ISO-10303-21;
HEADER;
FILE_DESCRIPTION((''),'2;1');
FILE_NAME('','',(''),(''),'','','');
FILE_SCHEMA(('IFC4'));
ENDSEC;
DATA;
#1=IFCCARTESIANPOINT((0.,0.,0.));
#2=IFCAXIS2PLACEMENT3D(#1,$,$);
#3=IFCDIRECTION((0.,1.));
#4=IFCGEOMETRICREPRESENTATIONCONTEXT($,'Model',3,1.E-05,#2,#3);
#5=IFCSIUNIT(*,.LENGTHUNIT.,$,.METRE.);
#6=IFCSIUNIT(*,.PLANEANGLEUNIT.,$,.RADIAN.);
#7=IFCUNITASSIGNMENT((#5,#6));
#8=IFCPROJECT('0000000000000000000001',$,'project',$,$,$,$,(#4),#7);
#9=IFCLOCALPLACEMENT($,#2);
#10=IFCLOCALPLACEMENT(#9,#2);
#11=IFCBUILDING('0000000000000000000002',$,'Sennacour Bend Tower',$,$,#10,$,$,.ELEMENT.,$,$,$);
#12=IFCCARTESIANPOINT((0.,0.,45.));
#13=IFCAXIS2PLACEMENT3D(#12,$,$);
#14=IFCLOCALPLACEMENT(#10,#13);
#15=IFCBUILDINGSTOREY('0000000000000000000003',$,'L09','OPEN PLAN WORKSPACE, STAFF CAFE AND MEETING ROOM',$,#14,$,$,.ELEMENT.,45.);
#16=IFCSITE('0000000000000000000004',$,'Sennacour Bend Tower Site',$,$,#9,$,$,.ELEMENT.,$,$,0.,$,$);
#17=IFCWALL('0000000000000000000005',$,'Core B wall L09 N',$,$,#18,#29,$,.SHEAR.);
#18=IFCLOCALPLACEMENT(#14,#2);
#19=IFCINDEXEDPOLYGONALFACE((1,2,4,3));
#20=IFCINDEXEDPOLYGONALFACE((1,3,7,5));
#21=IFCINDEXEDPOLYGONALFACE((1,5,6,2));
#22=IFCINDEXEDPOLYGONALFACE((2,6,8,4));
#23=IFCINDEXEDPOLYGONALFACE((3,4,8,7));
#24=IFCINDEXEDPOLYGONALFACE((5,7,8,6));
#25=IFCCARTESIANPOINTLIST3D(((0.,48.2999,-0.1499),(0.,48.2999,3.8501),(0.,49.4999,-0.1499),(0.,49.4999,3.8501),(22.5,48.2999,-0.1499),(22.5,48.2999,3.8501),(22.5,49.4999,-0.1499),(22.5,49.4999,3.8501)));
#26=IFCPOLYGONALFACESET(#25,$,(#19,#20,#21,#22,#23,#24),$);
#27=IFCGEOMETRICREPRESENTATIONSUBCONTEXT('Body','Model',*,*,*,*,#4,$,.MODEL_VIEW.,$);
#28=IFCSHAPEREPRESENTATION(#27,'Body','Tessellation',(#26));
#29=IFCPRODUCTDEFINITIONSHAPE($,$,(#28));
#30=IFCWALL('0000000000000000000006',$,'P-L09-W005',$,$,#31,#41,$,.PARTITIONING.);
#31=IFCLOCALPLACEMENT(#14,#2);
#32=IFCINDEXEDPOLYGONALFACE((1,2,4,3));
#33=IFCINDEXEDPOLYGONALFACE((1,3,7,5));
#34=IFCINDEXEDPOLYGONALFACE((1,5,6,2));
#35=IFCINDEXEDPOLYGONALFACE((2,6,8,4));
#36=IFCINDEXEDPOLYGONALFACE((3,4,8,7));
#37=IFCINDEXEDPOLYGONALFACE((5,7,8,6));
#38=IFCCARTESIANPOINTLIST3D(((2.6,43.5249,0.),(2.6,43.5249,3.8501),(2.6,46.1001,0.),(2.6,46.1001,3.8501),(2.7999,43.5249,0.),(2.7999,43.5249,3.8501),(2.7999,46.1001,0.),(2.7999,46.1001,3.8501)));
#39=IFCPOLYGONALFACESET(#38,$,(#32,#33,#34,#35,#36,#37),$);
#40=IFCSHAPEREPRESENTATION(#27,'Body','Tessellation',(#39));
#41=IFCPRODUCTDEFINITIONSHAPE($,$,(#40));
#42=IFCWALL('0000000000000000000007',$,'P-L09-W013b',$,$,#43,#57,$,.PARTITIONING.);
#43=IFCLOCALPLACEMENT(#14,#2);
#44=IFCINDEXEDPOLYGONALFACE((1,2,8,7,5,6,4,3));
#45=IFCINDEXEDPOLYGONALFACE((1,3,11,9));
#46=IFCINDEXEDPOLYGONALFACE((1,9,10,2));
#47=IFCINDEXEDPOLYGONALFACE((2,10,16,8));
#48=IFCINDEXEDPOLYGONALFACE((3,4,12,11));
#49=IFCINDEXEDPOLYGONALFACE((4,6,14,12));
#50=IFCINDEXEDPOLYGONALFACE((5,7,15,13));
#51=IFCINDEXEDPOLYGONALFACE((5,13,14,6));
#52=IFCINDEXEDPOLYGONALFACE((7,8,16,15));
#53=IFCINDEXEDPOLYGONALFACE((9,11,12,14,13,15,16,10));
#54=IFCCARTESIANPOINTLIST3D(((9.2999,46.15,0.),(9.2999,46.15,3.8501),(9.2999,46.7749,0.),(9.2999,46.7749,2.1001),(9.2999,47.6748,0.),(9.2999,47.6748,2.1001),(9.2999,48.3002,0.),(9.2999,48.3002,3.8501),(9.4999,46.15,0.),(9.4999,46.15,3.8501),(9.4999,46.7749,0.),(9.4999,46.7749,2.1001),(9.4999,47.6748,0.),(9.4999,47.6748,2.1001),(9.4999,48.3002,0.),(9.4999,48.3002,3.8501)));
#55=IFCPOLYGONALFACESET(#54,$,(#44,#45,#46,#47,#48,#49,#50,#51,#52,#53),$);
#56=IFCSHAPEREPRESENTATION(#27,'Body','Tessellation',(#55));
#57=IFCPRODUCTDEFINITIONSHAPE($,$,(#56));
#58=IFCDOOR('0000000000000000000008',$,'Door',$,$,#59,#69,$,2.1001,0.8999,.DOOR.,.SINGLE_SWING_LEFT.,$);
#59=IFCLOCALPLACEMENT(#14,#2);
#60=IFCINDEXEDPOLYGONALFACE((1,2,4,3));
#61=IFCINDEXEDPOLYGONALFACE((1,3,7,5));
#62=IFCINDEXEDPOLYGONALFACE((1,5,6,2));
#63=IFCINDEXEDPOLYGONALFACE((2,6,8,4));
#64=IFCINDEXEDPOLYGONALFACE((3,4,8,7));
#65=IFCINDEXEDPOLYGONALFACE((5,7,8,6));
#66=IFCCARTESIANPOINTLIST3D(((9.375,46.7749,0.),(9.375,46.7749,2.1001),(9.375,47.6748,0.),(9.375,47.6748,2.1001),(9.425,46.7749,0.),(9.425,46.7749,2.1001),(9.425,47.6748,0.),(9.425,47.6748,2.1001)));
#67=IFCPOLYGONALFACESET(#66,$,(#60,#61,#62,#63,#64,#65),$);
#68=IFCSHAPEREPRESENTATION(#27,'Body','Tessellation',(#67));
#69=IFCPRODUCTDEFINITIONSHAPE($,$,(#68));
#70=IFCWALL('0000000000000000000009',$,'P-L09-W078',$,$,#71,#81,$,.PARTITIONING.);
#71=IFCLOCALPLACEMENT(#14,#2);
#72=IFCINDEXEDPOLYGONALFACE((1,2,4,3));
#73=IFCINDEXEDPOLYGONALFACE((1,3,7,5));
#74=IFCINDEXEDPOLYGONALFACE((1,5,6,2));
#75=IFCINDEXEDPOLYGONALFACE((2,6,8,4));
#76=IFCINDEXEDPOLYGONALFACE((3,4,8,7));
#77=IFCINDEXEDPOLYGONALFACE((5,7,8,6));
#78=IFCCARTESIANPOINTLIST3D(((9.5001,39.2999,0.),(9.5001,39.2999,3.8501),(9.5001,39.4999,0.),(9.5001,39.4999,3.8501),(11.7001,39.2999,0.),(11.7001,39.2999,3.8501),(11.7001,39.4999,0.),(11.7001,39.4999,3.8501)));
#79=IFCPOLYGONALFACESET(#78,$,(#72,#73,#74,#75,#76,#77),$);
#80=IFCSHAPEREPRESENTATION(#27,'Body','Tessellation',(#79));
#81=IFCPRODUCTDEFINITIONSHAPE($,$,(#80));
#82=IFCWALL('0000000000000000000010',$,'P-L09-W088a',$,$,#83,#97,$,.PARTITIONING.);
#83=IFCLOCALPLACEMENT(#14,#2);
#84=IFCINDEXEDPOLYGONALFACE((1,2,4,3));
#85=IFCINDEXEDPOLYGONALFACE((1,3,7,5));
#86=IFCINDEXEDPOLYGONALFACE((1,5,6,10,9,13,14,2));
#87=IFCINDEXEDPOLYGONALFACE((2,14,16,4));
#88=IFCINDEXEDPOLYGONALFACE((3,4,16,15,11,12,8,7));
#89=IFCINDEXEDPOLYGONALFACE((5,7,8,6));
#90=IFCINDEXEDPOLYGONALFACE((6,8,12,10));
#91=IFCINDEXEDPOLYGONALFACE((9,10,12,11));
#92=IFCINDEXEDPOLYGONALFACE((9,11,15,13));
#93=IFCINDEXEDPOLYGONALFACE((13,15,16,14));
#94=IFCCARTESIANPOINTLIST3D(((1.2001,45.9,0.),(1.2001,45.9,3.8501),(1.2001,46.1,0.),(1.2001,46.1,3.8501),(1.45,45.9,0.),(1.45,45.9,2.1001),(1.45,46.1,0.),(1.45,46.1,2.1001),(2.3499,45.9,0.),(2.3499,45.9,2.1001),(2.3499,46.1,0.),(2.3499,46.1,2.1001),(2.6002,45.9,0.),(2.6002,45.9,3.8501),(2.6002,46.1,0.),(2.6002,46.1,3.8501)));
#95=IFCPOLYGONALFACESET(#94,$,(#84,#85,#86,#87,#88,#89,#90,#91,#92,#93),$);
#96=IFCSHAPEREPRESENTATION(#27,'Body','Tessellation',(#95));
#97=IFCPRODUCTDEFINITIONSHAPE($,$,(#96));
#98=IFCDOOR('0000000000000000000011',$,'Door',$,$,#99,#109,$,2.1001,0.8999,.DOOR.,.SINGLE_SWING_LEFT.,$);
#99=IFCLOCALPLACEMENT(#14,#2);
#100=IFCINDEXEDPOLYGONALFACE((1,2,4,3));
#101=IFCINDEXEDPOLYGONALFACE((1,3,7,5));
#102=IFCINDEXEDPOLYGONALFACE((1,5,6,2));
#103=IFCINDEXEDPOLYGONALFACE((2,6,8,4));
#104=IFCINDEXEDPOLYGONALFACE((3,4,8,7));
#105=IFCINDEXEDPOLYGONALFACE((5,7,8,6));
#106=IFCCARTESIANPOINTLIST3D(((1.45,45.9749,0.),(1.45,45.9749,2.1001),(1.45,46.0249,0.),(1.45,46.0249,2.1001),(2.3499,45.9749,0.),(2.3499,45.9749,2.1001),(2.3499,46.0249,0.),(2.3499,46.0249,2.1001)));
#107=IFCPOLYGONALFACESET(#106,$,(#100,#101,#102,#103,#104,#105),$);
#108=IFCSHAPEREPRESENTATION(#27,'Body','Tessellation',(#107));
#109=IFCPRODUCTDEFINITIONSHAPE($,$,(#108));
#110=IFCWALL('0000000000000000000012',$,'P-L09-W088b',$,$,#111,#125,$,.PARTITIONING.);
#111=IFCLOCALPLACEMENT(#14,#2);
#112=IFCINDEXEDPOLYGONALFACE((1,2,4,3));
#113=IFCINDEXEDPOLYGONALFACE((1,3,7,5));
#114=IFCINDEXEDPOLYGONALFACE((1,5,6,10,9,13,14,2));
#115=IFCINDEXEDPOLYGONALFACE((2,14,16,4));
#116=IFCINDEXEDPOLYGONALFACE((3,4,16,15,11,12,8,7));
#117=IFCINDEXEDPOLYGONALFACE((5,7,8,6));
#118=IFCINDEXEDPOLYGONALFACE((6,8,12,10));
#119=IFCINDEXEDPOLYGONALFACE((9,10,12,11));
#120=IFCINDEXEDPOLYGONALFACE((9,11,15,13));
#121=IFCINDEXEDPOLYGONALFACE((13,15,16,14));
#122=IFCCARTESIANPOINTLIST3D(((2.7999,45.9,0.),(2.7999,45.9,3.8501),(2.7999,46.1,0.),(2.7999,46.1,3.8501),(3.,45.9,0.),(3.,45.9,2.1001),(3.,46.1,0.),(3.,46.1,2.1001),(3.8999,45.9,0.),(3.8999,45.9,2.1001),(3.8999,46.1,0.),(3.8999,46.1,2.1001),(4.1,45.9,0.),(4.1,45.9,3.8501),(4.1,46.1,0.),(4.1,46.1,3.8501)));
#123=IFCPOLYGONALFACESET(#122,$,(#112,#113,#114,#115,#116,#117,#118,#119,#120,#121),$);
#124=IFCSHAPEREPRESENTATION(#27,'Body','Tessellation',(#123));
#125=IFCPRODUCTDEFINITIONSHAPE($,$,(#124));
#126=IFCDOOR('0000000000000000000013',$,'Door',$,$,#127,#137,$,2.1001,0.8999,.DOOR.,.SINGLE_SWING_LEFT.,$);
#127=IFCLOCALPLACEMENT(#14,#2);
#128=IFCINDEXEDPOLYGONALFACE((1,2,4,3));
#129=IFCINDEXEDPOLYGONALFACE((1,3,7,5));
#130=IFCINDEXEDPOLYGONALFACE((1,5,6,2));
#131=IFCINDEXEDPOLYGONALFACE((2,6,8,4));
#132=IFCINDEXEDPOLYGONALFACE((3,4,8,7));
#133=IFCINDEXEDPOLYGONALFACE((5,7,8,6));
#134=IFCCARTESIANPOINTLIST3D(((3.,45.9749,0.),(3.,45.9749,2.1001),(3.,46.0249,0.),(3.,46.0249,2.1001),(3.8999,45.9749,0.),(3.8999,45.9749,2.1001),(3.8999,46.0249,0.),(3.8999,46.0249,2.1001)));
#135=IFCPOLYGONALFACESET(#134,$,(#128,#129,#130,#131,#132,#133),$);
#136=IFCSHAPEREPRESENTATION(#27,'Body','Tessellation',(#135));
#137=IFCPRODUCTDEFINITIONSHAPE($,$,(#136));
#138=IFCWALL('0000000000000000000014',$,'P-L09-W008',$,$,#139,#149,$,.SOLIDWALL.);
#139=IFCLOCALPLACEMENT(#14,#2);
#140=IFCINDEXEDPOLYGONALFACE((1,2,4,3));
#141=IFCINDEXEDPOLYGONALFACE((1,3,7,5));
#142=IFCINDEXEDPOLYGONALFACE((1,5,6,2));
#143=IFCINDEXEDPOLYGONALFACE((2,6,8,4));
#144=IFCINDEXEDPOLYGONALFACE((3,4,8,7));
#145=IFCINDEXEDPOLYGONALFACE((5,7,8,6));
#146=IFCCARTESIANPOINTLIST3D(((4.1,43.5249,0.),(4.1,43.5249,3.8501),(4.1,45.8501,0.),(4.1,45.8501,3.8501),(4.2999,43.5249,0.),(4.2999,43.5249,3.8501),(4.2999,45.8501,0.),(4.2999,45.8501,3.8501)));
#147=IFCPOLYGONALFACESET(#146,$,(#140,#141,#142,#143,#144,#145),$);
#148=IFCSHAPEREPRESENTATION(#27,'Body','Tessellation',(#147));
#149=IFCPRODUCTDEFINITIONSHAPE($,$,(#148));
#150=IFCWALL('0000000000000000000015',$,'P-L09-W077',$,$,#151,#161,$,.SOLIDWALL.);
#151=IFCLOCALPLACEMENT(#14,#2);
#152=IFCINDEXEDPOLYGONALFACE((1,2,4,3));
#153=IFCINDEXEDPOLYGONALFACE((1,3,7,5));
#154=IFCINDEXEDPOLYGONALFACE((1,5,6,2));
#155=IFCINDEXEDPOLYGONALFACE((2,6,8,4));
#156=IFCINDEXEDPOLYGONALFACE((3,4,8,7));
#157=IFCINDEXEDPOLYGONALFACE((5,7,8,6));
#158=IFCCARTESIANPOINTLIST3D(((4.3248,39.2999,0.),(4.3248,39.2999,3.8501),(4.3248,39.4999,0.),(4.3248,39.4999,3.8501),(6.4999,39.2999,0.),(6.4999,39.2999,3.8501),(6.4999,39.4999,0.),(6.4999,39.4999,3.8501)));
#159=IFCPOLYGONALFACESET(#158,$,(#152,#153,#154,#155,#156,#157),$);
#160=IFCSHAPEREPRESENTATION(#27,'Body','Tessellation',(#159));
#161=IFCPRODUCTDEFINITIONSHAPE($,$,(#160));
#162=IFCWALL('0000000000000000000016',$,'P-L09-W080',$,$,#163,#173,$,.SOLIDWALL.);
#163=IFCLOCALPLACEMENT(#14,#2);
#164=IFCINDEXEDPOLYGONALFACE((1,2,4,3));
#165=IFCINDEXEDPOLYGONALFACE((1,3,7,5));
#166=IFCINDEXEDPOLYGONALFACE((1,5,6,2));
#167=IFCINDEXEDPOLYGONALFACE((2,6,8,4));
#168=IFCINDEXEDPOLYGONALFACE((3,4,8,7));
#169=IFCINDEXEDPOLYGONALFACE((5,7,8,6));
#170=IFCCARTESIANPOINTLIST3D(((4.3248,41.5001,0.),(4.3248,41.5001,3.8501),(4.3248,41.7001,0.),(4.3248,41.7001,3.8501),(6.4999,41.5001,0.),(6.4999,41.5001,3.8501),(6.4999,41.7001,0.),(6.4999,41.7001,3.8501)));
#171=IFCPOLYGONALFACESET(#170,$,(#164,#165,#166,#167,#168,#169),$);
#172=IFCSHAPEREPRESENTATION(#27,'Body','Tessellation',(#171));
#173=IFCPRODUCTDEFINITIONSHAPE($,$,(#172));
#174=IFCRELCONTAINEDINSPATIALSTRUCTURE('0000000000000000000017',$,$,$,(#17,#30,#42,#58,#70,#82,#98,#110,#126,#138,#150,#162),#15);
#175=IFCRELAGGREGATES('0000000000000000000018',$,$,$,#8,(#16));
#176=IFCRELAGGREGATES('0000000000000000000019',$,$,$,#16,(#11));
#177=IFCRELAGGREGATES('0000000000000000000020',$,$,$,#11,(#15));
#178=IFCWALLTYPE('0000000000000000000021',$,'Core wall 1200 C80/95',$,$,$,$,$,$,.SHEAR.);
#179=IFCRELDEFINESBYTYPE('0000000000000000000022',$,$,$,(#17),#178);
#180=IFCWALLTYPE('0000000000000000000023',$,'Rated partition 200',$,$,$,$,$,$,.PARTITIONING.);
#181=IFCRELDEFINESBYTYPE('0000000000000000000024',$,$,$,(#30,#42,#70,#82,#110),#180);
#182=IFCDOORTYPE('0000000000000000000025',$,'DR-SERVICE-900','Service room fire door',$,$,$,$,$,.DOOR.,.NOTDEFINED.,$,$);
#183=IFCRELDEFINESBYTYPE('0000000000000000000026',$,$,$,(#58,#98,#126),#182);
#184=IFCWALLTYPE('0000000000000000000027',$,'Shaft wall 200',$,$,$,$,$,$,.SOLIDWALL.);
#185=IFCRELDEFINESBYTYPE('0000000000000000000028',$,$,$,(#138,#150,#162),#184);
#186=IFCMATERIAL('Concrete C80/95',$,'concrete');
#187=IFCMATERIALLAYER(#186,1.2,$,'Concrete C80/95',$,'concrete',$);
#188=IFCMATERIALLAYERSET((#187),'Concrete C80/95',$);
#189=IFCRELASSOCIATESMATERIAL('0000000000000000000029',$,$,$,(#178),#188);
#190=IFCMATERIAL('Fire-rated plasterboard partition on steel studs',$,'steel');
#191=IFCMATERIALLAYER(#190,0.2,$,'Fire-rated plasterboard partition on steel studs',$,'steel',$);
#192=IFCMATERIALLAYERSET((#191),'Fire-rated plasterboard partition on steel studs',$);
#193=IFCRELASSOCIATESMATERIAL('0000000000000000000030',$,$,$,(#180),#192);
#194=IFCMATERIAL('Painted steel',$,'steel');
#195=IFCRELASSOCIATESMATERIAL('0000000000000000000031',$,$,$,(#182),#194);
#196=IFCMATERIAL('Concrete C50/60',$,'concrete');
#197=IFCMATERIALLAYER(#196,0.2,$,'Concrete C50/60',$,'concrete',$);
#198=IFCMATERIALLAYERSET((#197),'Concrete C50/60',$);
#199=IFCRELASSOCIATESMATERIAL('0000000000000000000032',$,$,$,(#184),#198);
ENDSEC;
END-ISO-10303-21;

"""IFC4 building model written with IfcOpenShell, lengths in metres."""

from ifc_helpers import new_model, si_unit, direction, frame, frame_2d, origin, place, context, subcontext, project, spatial, rectangle, extrude, material, layer, layer_set, type_object, element, fill, save


model = new_model("IFC4")

# Units and contexts
model_context = context("Model", 3, precision=1e-05, world=origin(), true_north=direction((0.0, 1.0)))
body_context = subcontext(model_context, "Body", "Model", "MODEL_VIEW")
ifc_project = project(units=[si_unit("LENGTHUNIT", "METRE"), si_unit("PLANEANGLEUNIT", "RADIAN")], contexts=[model_context])

# Site, building, storey
site_placement = place(None, origin())
site = spatial("IfcSite", under=ifc_project, at=site_placement, Name="Sennacour Bend Tower Site", CompositionType="ELEMENT", RefElevation=0.0)
building_placement = place(site_placement, origin())
building = spatial("IfcBuilding", under=site, at=building_placement, Name="Sennacour Bend Tower", CompositionType="ELEMENT")
storey_placement = place(building_placement, frame((0.0, 0.0, 45.0)))
storey = spatial("IfcBuildingStorey", under=building, at=storey_placement, Name="L09", Description="OPEN PLAN WORKSPACE, STAFF CAFE AND MEETING ROOM", CompositionType="ELEMENT", Elevation=45.0)

# Walls
ifc_material_1 = material(Name="Concrete C80/95", Category="concrete")
ifc_layer_1 = layer(ifc_material_1, 1.2, Name="Concrete C80/95", Category="concrete")
ifc_layer_set_1 = layer_set([ifc_layer_1], Name="Concrete C80/95")
wall_type_1 = type_object("IfcWallType", Name="Core wall 1200 C80/95", PredefinedType="SHEAR", material=ifc_layer_set_1)
wall_1_placement = place(storey_placement, frame((0.0, 48.8999, -0.1499), z_axis=(0.0, 0.0, 1.0), x_axis=(1.0, 0.0, 0.0)))
element("IfcWall", 1, at=wall_1_placement, inside=storey, type_object=wall_type_1, Name="Core B wall L09 N", PredefinedType="SHEAR", context=body_context, shape_type="SweptSolid", body=[
    extrude(rectangle(XDim=22.5, YDim=1.2, at=frame_2d((11.25, 0.0))), origin(), (0.0, 0.0, 1.0), 4.0),
])
ifc_material_2 = material(Name="Fire-rated plasterboard partition on steel studs", Category="steel")
ifc_layer_2 = layer(ifc_material_2, 0.2, Name="Fire-rated plasterboard partition on steel studs", Category="steel")
ifc_layer_set_2 = layer_set([ifc_layer_2], Name="Fire-rated plasterboard partition on steel studs")
wall_type_2 = type_object("IfcWallType", Name="Rated partition 200", PredefinedType="PARTITIONING", material=ifc_layer_set_2)
wall_2_placement = place(storey_placement, frame((2.7, 43.5249, 0.0), z_axis=(0.0, 0.0, 1.0), x_axis=(0.0, 1.0, 0.0)))
element("IfcWall", 2, at=wall_2_placement, inside=storey, type_object=wall_type_2, Name="P-L09-W005", PredefinedType="PARTITIONING", context=body_context, shape_type="SweptSolid", body=[
    extrude(rectangle(XDim=2.5752, YDim=0.2, at=frame_2d((1.2876, 0.0))), origin(), (0.0, 0.0, 1.0), 3.8501),
])

# Wall, opening, door
wall_3_placement = place(storey_placement, frame((9.3999, 46.1499, 0.0), z_axis=(0.0, 0.0, 1.0), x_axis=(0.0, 1.0, 0.0)))
wall_3 = element("IfcWall", 3, at=wall_3_placement, inside=storey, type_object=wall_type_2, Name="P-L09-W013b", PredefinedType="PARTITIONING", context=body_context, shape_type="SweptSolid", body=[
    extrude(rectangle(XDim=2.1501, YDim=0.2, at=frame_2d((1.0752, 0.0))), origin(), (0.0, 0.0, 1.0), 3.8501),
])
opening_1_placement = place(wall_3_placement, frame((0.625, 0.0, 0.0)))
opening_1 = element("IfcOpeningElement", 4, at=opening_1_placement, cuts=wall_3, PredefinedType="OPENING", context=body_context, shape_type="SweptSolid", body=[
    extrude(rectangle(XDim=0.8999, YDim=2.1001, at=frame_2d((0.45, 1.05))), frame((0.0, 0.1099, 0.0), z_axis=(0.0, -1.0, 0.0), x_axis=(1.0, 0.0, 0.0)), (0.0, 0.0, 1.0), 0.22),
])
ifc_material_3 = material(Name="Painted steel", Category="steel")
door_type_1 = type_object("IfcDoorType", Name="DR-SERVICE-900", Description="Service room fire door", OperationType="NOTDEFINED", PredefinedType="DOOR", material=ifc_material_3)
door_1_placement = place(opening_1_placement, origin())
door_1 = element("IfcDoor", 5, at=door_1_placement, inside=storey, type_object=door_type_1, Name="Door", OperationType="SINGLE_SWING_LEFT", OverallHeight=2.1001, OverallWidth=0.8999, PredefinedType="DOOR", context=body_context, shape_type="SweptSolid", body=[
    extrude(rectangle(XDim=0.8999, YDim=2.1001, at=frame_2d((0.45, 1.05))), frame((0.0, 0.0249, 0.0), z_axis=(0.0, -1.0, 0.0), x_axis=(1.0, 0.0, 0.0)), (0.0, 0.0, 1.0), 0.05),
])
fill(opening_1, door_1)

# Wall
wall_4_placement = place(storey_placement, frame((9.5, 39.3999, 0.0), z_axis=(0.0, 0.0, 1.0), x_axis=(1.0, 0.0, 0.0)))
element("IfcWall", 6, at=wall_4_placement, inside=storey, type_object=wall_type_2, Name="P-L09-W078", PredefinedType="PARTITIONING", context=body_context, shape_type="SweptSolid", body=[
    extrude(rectangle(XDim=2.2, YDim=0.2, at=frame_2d((1.1001, 0.0))), origin(), (0.0, 0.0, 1.0), 3.8501),
])

# Walls, openings, doors
wall_5_placement = place(storey_placement, frame((1.2, 46.0, 0.0), z_axis=(0.0, 0.0, 1.0), x_axis=(1.0, 0.0, 0.0)))
wall_5 = element("IfcWall", 7, at=wall_5_placement, inside=storey, type_object=wall_type_2, Name="P-L09-W088a", PredefinedType="PARTITIONING", context=body_context, shape_type="SweptSolid", body=[
    extrude(rectangle(XDim=1.4001, YDim=0.2, at=frame_2d((0.7002, 0.0))), origin(), (0.0, 0.0, 1.0), 3.8501),
])
opening_2_placement = place(wall_5_placement, frame((0.25, 0.0, 0.0)))
opening_2 = element("IfcOpeningElement", 8, at=opening_2_placement, cuts=wall_5, PredefinedType="OPENING", context=body_context, shape_type="SweptSolid", body=[
    extrude(rectangle(XDim=0.8999, YDim=2.1001, at=frame_2d((0.45, 1.05))), frame((0.0, 0.1099, 0.0), z_axis=(0.0, -1.0, 0.0), x_axis=(1.0, 0.0, 0.0)), (0.0, 0.0, 1.0), 0.22),
])
door_2_placement = place(opening_2_placement, origin())
door_2 = element("IfcDoor", 9, at=door_2_placement, inside=storey, type_object=door_type_1, Name="Door", OperationType="SINGLE_SWING_LEFT", OverallHeight=2.1001, OverallWidth=0.8999, PredefinedType="DOOR", context=body_context, shape_type="SweptSolid", body=[
    extrude(rectangle(XDim=0.8999, YDim=2.1001, at=frame_2d((0.45, 1.05))), frame((0.0, 0.0249, 0.0), z_axis=(0.0, -1.0, 0.0), x_axis=(1.0, 0.0, 0.0)), (0.0, 0.0, 1.0), 0.05),
])
fill(opening_2, door_2)
wall_6_placement = place(storey_placement, frame((2.8, 46.0, 0.0), z_axis=(0.0, 0.0, 1.0), x_axis=(1.0, 0.0, 0.0)))
wall_6 = element("IfcWall", 10, at=wall_6_placement, inside=storey, type_object=wall_type_2, Name="P-L09-W088b", PredefinedType="PARTITIONING", context=body_context, shape_type="SweptSolid", body=[
    extrude(rectangle(XDim=1.3, YDim=0.2, at=frame_2d((0.6499, 0.0))), origin(), (0.0, 0.0, 1.0), 3.8501),
])
opening_3_placement = place(wall_6_placement, frame((0.2, 0.0, 0.0)))
opening_3 = element("IfcOpeningElement", 11, at=opening_3_placement, cuts=wall_6, PredefinedType="OPENING", context=body_context, shape_type="SweptSolid", body=[
    extrude(rectangle(XDim=0.8999, YDim=2.1001, at=frame_2d((0.45, 1.05))), frame((0.0, 0.1099, 0.0), z_axis=(0.0, -1.0, 0.0), x_axis=(1.0, 0.0, 0.0)), (0.0, 0.0, 1.0), 0.22),
])
door_3_placement = place(opening_3_placement, origin())
door_3 = element("IfcDoor", 12, at=door_3_placement, inside=storey, type_object=door_type_1, Name="Door", OperationType="SINGLE_SWING_LEFT", OverallHeight=2.1001, OverallWidth=0.8999, PredefinedType="DOOR", context=body_context, shape_type="SweptSolid", body=[
    extrude(rectangle(XDim=0.8999, YDim=2.1001, at=frame_2d((0.45, 1.05))), frame((0.0, 0.0249, 0.0), z_axis=(0.0, -1.0, 0.0), x_axis=(1.0, 0.0, 0.0)), (0.0, 0.0, 1.0), 0.05),
])
fill(opening_3, door_3)

# Walls
ifc_material_4 = material(Name="Concrete C50/60", Category="concrete")
ifc_layer_3 = layer(ifc_material_4, 0.2, Name="Concrete C50/60", Category="concrete")
ifc_layer_set_3 = layer_set([ifc_layer_3], Name="Concrete C50/60")
wall_type_3 = type_object("IfcWallType", Name="Shaft wall 200", PredefinedType="SOLIDWALL", material=ifc_layer_set_3)
wall_7_placement = place(storey_placement, frame((4.2, 43.5249, 0.0), z_axis=(0.0, 0.0, 1.0), x_axis=(0.0, 1.0, 0.0)))
element("IfcWall", 13, at=wall_7_placement, inside=storey, type_object=wall_type_3, Name="P-L09-W008", PredefinedType="SOLIDWALL", context=body_context, shape_type="SweptSolid", body=[
    extrude(rectangle(XDim=2.3252, YDim=0.2, at=frame_2d((1.1626, 0.0))), origin(), (0.0, 0.0, 1.0), 3.8501),
])
for number, where, z_axis, x_axis, name in (
    (14, (4.325, 39.3999, 0.0), (0.0, 0.0, 1.0), (1.0, 0.0, 0.0), "P-L09-W077"),
    (15, (4.325, 41.6001, 0.0), (0.0, 0.0, 1.0), (1.0, 0.0, 0.0), "P-L09-W080"),
):
    element("IfcWall", number, at=place(storey_placement, frame(where, z_axis=z_axis, x_axis=x_axis)), inside=storey, type_object=wall_type_3, Name=name, PredefinedType="SOLIDWALL", context=body_context, shape_type="SweptSolid", body=[
        extrude(rectangle(XDim=2.175, YDim=0.2, at=frame_2d((1.0874, 0.0))), origin(), (0.0, 0.0, 1.0), 3.8501),
    ])

save(model, "model.ifc")
